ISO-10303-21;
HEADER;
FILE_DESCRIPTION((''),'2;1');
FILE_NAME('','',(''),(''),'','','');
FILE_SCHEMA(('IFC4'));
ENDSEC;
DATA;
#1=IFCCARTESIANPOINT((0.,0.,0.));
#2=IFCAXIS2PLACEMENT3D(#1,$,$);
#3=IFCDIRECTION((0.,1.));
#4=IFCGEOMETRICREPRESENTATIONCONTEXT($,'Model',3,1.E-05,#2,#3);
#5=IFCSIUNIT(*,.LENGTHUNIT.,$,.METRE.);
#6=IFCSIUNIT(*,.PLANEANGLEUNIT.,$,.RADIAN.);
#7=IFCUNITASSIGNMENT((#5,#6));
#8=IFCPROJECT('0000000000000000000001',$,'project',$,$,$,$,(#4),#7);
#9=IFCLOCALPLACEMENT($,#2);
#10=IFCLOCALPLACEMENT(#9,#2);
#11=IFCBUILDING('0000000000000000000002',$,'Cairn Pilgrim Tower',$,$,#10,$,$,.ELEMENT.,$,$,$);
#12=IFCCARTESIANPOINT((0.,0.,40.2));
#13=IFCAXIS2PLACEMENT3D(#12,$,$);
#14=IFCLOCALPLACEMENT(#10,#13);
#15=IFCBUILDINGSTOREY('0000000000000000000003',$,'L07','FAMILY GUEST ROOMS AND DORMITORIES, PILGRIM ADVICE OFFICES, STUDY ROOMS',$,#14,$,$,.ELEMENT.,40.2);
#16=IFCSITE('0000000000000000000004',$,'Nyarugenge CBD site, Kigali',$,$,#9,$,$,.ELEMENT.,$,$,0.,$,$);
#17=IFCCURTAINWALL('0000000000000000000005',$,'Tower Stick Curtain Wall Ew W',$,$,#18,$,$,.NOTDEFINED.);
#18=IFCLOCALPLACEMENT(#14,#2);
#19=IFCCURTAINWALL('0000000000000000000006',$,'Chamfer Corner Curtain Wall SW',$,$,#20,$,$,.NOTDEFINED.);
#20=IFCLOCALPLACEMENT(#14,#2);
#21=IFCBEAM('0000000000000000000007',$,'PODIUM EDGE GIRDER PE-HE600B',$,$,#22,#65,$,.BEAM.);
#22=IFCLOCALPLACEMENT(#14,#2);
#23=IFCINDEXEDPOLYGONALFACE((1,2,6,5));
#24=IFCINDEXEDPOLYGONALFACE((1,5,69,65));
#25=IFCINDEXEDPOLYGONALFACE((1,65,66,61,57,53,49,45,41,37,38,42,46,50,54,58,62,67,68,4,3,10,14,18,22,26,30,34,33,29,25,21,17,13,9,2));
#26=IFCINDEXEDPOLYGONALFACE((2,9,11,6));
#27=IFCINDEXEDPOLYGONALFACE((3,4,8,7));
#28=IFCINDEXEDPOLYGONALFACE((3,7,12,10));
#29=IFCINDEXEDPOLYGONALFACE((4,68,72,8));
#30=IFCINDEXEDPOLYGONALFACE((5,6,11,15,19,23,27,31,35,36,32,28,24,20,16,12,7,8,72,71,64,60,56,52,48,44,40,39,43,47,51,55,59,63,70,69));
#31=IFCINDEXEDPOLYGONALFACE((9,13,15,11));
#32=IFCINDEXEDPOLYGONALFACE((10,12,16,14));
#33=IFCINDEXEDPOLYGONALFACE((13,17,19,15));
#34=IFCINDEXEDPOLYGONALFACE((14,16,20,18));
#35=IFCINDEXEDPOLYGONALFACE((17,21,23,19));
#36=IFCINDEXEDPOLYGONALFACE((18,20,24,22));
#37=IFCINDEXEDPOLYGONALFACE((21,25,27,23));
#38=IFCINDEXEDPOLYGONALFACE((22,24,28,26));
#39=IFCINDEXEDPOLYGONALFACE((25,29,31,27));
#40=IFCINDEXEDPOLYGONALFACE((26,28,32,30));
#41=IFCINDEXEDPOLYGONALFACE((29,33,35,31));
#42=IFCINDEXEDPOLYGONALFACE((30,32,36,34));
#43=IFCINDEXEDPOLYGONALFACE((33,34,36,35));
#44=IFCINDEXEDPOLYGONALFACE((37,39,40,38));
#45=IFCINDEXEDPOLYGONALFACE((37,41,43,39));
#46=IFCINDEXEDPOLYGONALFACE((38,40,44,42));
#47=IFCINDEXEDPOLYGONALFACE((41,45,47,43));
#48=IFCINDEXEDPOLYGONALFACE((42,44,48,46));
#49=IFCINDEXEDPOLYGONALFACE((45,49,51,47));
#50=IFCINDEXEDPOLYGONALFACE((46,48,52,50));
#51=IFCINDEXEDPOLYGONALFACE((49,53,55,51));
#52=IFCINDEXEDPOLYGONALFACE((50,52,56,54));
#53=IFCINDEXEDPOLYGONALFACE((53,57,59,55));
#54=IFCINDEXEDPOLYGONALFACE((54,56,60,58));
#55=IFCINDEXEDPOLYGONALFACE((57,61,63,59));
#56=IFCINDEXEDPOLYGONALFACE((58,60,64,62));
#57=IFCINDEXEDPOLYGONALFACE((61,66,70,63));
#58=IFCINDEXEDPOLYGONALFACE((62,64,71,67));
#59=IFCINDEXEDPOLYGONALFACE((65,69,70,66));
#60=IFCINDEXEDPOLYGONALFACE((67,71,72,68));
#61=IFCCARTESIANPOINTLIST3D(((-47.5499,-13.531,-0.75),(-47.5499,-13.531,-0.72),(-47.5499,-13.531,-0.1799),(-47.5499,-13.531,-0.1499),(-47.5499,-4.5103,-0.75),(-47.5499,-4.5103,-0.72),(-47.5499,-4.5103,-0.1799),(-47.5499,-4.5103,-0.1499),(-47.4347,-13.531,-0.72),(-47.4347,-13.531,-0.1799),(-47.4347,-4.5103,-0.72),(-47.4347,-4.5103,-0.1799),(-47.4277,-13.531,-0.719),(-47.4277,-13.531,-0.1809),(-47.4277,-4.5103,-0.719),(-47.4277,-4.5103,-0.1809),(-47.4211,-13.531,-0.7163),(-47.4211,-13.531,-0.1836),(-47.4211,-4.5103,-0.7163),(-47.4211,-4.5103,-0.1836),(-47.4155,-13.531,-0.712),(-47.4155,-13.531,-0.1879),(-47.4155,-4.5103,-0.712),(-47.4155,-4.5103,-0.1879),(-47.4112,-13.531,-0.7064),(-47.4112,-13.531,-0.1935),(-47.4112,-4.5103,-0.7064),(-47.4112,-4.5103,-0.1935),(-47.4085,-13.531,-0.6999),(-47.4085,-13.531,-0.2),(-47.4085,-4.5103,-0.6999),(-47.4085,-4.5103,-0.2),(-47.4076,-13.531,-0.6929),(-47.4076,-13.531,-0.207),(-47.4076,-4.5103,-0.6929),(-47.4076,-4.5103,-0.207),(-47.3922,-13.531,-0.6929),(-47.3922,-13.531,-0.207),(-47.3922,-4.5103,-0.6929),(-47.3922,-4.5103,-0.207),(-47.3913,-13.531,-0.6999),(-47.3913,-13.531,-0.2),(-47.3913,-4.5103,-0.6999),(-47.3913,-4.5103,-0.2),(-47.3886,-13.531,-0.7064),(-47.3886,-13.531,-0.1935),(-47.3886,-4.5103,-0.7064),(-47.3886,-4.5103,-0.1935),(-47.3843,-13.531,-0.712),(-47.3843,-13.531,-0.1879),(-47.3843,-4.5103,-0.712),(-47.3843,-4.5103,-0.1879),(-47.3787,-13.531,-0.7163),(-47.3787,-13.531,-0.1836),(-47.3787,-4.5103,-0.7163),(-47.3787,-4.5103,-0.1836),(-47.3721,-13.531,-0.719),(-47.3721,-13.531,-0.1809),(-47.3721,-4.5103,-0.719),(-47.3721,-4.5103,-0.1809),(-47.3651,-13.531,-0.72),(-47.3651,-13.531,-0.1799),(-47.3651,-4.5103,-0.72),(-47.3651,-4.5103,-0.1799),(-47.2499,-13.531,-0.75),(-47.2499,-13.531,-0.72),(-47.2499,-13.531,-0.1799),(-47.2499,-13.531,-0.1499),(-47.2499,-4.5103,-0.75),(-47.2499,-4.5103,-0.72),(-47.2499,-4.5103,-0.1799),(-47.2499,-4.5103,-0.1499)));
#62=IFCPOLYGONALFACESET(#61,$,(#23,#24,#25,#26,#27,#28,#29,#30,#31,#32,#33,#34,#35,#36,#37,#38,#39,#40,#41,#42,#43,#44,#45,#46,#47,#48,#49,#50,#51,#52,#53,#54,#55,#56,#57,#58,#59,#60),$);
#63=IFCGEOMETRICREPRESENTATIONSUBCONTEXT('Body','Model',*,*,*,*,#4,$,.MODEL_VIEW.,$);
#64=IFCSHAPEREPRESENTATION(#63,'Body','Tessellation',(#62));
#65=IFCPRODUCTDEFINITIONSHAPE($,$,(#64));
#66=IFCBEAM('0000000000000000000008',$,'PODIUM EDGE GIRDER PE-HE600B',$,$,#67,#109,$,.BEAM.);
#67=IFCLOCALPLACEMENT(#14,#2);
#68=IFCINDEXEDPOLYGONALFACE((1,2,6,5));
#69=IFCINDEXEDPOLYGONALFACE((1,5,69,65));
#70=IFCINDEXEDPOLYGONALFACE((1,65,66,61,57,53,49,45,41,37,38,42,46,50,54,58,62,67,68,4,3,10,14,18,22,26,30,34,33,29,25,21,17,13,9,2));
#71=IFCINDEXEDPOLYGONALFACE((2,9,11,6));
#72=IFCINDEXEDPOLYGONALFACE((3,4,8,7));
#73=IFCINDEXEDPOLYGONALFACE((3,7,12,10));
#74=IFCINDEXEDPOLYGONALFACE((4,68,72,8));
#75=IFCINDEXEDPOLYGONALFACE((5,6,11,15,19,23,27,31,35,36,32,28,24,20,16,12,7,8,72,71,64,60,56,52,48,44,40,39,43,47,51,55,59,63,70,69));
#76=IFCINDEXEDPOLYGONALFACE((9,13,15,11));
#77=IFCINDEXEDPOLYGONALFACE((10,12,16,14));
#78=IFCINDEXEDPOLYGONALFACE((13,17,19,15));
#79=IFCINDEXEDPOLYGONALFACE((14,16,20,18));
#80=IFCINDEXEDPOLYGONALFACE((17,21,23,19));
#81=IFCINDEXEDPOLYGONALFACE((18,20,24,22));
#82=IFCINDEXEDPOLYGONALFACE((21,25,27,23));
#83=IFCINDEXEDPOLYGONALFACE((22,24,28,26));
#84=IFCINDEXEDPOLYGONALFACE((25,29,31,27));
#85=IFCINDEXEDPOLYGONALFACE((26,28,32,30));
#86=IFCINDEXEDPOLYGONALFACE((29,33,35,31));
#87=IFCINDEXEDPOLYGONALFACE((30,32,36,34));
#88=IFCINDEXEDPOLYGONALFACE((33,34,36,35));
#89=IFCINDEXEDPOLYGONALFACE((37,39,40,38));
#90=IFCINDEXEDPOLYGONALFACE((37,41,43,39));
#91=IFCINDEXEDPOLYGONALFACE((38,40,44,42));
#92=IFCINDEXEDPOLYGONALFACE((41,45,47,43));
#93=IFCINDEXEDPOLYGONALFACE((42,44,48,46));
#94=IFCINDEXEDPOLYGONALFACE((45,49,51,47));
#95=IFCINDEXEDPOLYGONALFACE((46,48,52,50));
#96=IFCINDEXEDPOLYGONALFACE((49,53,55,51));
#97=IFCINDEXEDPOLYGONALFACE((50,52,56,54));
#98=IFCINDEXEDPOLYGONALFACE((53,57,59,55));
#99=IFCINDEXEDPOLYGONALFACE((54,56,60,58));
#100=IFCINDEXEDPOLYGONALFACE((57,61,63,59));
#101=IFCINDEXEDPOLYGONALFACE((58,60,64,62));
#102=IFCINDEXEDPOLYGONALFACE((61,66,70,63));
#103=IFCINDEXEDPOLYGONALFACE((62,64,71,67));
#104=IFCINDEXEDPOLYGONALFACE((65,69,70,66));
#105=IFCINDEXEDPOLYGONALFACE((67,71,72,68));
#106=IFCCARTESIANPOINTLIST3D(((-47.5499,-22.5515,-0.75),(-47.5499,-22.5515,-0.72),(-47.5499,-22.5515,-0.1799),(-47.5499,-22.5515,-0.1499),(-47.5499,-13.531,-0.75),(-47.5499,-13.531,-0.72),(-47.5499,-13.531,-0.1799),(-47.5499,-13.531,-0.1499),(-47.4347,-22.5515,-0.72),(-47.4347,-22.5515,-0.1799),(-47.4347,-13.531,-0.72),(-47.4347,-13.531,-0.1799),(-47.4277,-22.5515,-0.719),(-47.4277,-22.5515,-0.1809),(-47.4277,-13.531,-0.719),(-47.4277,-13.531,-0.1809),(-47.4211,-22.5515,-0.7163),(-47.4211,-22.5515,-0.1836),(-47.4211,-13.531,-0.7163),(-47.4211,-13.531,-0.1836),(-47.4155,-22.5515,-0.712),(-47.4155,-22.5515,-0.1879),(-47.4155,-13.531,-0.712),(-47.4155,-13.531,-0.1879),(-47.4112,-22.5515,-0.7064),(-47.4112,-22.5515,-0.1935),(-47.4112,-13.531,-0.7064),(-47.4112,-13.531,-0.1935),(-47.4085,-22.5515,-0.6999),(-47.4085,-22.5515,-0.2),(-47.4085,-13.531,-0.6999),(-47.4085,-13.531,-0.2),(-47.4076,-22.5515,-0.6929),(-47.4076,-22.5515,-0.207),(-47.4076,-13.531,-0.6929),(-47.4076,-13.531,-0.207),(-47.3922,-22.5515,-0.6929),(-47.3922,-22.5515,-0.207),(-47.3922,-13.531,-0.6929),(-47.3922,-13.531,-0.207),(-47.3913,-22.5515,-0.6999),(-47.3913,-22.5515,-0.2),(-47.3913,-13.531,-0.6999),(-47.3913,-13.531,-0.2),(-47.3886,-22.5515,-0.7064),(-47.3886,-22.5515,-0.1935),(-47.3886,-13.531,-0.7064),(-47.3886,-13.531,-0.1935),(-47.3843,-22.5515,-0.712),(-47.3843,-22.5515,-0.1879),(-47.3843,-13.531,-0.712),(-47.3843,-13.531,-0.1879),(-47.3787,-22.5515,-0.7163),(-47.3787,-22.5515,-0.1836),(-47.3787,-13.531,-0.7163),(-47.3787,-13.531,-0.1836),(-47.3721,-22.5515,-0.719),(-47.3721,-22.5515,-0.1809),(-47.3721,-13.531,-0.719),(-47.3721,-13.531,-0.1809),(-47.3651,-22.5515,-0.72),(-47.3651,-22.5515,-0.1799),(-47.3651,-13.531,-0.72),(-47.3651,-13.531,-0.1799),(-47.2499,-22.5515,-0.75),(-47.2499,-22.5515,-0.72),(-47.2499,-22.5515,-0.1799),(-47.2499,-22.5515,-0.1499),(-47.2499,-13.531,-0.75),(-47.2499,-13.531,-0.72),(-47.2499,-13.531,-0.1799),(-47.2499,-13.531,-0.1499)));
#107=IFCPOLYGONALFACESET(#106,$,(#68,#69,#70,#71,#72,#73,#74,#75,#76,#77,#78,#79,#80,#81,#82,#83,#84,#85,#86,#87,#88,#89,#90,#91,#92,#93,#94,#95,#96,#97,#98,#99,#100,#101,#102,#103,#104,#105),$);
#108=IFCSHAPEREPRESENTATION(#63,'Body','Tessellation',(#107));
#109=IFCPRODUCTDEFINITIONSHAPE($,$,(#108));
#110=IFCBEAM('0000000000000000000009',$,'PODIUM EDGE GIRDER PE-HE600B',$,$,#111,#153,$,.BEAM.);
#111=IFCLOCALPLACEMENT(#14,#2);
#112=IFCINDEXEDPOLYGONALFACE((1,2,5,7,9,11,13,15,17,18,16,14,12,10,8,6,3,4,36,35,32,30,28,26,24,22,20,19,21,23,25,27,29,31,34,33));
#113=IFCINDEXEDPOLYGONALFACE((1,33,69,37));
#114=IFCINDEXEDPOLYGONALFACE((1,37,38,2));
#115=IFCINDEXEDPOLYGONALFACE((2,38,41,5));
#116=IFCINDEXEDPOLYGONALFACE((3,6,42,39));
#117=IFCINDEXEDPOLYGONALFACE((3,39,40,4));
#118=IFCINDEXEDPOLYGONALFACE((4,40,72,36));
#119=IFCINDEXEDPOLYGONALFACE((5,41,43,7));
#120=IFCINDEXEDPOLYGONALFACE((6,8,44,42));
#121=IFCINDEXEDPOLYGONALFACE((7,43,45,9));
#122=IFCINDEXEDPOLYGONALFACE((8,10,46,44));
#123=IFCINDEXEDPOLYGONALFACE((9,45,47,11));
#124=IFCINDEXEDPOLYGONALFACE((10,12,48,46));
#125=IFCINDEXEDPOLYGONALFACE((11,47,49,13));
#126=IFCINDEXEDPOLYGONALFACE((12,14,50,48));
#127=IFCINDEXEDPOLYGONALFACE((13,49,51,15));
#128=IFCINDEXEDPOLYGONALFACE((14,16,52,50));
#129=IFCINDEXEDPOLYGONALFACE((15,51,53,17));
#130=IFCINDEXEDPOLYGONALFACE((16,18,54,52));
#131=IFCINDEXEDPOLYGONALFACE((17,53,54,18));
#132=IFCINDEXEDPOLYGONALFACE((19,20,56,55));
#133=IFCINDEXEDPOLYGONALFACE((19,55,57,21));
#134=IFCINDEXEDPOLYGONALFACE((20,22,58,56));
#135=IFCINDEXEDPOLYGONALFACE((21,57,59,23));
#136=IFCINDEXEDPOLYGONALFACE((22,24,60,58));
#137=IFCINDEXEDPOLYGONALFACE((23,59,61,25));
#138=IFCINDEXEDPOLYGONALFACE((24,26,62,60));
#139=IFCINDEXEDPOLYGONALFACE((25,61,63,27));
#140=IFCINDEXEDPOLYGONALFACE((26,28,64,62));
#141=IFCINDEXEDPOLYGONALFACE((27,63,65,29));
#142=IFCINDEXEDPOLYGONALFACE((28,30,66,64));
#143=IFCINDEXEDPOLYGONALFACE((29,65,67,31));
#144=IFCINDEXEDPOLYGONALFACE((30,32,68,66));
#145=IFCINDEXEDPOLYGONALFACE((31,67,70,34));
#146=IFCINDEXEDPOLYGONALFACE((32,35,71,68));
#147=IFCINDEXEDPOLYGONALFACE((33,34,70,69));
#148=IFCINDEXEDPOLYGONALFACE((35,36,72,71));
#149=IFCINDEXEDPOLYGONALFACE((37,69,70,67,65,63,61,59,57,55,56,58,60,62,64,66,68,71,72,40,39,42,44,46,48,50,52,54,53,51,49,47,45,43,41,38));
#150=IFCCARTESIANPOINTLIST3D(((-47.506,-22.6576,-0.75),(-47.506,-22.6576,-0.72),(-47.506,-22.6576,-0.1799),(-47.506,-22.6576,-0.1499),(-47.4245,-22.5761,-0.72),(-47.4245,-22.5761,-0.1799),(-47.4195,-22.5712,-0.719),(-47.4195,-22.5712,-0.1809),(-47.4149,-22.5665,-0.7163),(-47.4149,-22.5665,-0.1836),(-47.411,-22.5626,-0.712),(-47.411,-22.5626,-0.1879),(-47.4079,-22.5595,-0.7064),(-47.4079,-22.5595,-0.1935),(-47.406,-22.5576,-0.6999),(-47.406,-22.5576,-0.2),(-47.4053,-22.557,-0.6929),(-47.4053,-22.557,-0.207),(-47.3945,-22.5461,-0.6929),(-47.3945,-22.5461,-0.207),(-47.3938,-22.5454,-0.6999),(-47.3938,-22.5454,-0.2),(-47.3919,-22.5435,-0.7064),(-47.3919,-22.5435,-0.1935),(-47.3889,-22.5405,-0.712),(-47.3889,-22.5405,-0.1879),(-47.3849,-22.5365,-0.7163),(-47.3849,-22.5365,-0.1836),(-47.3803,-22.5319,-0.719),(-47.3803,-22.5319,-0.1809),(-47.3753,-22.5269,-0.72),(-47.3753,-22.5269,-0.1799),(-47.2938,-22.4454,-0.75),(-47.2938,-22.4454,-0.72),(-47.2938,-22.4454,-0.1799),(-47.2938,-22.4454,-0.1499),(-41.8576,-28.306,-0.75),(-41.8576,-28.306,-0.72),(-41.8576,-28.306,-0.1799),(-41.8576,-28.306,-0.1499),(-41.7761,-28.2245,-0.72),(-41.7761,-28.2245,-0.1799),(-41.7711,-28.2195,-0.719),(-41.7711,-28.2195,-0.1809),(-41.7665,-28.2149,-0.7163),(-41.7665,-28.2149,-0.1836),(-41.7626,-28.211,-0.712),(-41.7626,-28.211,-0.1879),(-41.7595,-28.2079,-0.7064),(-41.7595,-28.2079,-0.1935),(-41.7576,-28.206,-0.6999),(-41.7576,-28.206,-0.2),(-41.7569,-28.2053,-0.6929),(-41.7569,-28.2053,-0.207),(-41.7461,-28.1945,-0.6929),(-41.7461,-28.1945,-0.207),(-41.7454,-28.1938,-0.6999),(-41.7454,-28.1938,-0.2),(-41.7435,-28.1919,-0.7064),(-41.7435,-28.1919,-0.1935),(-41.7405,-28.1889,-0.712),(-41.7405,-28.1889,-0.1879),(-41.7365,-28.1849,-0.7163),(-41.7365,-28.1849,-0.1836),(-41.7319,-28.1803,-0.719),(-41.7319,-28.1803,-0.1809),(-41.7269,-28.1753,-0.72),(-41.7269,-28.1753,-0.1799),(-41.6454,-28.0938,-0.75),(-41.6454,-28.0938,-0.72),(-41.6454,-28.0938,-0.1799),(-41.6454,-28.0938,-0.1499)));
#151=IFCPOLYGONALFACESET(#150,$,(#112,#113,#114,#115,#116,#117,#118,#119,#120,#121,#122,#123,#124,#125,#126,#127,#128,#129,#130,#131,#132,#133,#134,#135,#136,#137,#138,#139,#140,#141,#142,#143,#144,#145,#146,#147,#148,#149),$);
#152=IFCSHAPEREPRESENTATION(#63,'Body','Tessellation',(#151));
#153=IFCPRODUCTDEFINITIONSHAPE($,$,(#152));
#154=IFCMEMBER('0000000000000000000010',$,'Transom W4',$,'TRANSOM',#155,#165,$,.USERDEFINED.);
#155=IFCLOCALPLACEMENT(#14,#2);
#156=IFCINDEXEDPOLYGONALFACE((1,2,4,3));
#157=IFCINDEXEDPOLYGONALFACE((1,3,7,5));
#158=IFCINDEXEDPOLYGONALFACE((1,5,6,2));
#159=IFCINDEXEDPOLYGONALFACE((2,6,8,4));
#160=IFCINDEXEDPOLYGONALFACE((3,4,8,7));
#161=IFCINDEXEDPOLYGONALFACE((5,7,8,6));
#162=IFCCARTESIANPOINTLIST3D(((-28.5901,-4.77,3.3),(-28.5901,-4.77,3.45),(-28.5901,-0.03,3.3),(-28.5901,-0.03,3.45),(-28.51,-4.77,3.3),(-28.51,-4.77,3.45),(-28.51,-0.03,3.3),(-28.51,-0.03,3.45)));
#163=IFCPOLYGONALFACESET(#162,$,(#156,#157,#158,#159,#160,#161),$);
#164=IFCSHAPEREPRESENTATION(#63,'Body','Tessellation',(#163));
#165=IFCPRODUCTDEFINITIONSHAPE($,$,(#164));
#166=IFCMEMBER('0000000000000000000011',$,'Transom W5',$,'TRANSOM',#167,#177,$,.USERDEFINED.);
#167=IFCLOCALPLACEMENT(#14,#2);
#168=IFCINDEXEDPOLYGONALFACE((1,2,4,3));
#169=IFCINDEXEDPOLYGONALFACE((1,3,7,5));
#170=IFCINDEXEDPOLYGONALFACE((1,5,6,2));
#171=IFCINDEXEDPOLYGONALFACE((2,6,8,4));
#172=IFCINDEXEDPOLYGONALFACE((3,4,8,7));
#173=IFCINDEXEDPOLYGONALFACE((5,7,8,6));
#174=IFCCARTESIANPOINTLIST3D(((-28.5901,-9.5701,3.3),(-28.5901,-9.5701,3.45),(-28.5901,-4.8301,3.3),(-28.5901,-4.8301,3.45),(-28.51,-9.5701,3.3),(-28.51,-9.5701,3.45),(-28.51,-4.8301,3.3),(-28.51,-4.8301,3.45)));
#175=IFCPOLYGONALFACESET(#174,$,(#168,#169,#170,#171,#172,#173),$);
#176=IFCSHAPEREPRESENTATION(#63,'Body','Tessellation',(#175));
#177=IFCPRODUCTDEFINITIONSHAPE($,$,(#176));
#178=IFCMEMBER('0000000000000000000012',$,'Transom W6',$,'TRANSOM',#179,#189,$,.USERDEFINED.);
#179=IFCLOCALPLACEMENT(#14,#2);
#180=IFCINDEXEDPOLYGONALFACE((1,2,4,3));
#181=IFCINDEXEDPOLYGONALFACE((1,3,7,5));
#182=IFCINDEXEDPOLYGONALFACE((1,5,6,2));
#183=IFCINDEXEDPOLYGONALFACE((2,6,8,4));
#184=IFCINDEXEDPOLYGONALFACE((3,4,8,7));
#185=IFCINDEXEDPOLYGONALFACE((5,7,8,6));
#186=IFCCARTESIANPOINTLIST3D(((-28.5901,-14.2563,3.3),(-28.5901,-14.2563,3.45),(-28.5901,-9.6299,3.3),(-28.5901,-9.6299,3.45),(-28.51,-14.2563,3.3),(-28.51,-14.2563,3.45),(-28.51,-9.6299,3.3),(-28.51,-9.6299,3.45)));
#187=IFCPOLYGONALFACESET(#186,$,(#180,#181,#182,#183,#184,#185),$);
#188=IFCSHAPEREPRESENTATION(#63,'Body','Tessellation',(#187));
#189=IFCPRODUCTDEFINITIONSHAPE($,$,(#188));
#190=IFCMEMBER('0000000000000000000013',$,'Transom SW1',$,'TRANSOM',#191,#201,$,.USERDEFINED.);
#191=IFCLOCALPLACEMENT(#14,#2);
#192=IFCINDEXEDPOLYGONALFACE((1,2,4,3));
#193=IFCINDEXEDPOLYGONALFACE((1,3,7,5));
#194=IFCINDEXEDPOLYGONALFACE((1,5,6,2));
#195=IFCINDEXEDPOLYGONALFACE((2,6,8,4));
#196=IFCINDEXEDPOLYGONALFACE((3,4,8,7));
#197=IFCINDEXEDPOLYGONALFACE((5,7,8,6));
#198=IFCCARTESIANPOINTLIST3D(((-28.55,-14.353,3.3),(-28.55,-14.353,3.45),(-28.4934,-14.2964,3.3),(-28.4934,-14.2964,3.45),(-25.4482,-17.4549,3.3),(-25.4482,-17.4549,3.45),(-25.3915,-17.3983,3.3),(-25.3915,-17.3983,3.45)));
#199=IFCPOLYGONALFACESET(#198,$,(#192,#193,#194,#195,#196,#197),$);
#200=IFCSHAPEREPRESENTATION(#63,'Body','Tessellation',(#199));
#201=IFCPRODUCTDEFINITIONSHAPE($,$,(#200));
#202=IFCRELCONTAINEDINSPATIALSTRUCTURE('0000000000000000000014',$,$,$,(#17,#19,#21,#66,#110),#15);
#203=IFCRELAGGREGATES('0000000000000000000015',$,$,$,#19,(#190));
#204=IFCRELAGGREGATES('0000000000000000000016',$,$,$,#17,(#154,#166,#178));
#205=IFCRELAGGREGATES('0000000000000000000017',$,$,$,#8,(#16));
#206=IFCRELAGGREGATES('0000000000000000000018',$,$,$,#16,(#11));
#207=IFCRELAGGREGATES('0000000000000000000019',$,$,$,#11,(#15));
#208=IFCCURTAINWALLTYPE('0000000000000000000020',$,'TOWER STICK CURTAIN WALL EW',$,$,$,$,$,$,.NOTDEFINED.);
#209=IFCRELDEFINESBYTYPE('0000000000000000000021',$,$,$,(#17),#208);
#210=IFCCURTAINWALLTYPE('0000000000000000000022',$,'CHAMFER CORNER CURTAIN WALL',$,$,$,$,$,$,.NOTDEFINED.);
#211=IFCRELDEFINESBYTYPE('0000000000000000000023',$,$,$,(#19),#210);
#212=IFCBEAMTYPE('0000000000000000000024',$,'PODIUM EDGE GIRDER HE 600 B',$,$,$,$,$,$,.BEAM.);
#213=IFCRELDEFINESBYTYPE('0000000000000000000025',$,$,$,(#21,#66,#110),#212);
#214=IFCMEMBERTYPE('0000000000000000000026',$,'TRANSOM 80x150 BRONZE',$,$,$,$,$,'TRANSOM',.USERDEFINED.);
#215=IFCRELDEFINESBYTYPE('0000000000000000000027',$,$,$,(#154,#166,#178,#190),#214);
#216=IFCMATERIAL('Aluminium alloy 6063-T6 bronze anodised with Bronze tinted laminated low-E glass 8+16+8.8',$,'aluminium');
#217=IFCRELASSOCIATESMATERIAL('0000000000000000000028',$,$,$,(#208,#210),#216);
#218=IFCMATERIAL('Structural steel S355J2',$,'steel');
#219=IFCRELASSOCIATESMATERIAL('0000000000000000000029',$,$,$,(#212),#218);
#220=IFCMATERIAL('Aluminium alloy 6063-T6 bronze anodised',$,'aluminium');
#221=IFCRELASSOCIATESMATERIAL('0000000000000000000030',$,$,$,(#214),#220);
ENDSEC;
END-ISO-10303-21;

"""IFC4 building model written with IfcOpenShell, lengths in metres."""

from ifc_helpers import new_model, si_unit, direction, frame, origin, origin_2d, place, context, subcontext, project, spatial, rectangle, i_section, extrude, material, material_profile, profile_set, type_object, element, aggregate, save


model = new_model("IFC4")

# Units and contexts
model_context = context("Model", 3, precision=1e-05, world=origin(), true_north=direction((0.0, 1.0)))
body_context = subcontext(model_context, "Body", "Model", "MODEL_VIEW")
ifc_project = project(units=[si_unit("LENGTHUNIT", "METRE"), si_unit("PLANEANGLEUNIT", "RADIAN")], contexts=[model_context])

# Site, building, storey
site_placement = place(None, origin())
site = spatial("IfcSite", under=ifc_project, at=site_placement, Name="Nyarugenge CBD site, Kigali", CompositionType="ELEMENT", RefElevation=0.0)
building_placement = place(site_placement, origin())
building = spatial("IfcBuilding", under=site, at=building_placement, Name="Cairn Pilgrim Tower", CompositionType="ELEMENT")
storey_placement = place(building_placement, frame((0.0, 0.0, 40.2)))
storey = spatial("IfcBuildingStorey", under=building, at=storey_placement, Name="L07", Description="FAMILY GUEST ROOMS AND DORMITORIES, PILGRIM ADVICE OFFICES, STUDY ROOMS", CompositionType="ELEMENT", Elevation=40.2)

# Curtain wall
ifc_material_1 = material(Name="Aluminium alloy 6063-T6 bronze anodised with Bronze tinted laminated low-E glass 8+16+8.8", Category="aluminium")
curtain_wall_type_1 = type_object("IfcCurtainWallType", Name="TOWER STICK CURTAIN WALL EW", PredefinedType="NOTDEFINED", material=ifc_material_1)
curtain_wall_1_placement = place(storey_placement, origin())
curtain_wall_1 = element("IfcCurtainWall", 1, at=curtain_wall_1_placement, inside=storey, type_object=curtain_wall_type_1, Name="Tower Stick Curtain Wall Ew W", PredefinedType="NOTDEFINED")
ifc_material_2 = material(Name="Aluminium alloy 6063-T6 bronze anodised", Category="aluminium")

# Curtain wall
curtain_wall_type_2 = type_object("IfcCurtainWallType", Name="CHAMFER CORNER CURTAIN WALL", PredefinedType="NOTDEFINED", material=ifc_material_1)
curtain_wall_2_placement = place(storey_placement, origin())
curtain_wall_2 = element("IfcCurtainWall", 2, at=curtain_wall_2_placement, inside=storey, type_object=curtain_wall_type_2, Name="Chamfer Corner Curtain Wall SW", PredefinedType="NOTDEFINED")

# Beams
ifc_material_3 = material(Name="Structural steel S355J2", Category="steel")
ifc_material_profile_1 = material_profile(ifc_material_3, i_section(OverallWidth=0.3, OverallDepth=0.6001, WebThickness=0.0154, FlangeThickness=0.03, FilletRadius=0.0271, at=origin_2d()), Name="HEB 600")
ifc_profile_set_1 = profile_set([ifc_material_profile_1], Name="Structural steel S355J2")
beam_type_1 = type_object("IfcBeamType", Name="PODIUM EDGE GIRDER HE 600 B", PredefinedType="BEAM", material=ifc_profile_set_1)
beam_1_placement = place(storey_placement, frame((-47.3999, -4.5103, -0.45), z_axis=(0.0, -1.0, 0.0), x_axis=(1.0, 0.0, 0.0)))
element("IfcBeam", 3, at=beam_1_placement, inside=storey, type_object=beam_type_1, Name="PODIUM EDGE GIRDER PE-HE600B", PredefinedType="BEAM", context=body_context, shape_type="SweptSolid", body=[
    extrude(i_section(OverallWidth=0.3, OverallDepth=0.6001, WebThickness=0.0154, FlangeThickness=0.03, FilletRadius=0.0271, at=origin_2d()), origin(), (0.0, 0.0, 1.0), 9.0208),
])
beam_2_placement = place(storey_placement, frame((-47.3999, -13.531, -0.45), z_axis=(0.0, -1.0, 0.0), x_axis=(1.0, 0.0, 0.0)))
element("IfcBeam", 4, at=beam_2_placement, inside=storey, type_object=beam_type_1, Name="PODIUM EDGE GIRDER PE-HE600B", PredefinedType="BEAM", context=body_context, shape_type="SweptSolid", body=[
    extrude(i_section(OverallWidth=0.3, OverallDepth=0.6001, WebThickness=0.0154, FlangeThickness=0.03, FilletRadius=0.0271, at=origin_2d()), origin(), (0.0, 0.0, 1.0), 9.0205),
])
beam_3_placement = place(storey_placement, frame((-47.3999, -22.5515, -0.45), z_axis=(0.707107, -0.707107, 0.0), x_axis=(0.707107, 0.707107, 0.0)))
element("IfcBeam", 5, at=beam_3_placement, inside=storey, type_object=beam_type_1, Name="PODIUM EDGE GIRDER PE-HE600B", PredefinedType="BEAM", context=body_context, shape_type="SweptSolid", body=[
    extrude(i_section(OverallWidth=0.3, OverallDepth=0.6001, WebThickness=0.0154, FlangeThickness=0.03, FilletRadius=0.0271, at=origin_2d()), origin(), (0.0, 0.0, 1.0), 7.988),
])

# Members
ifc_material_profile_2 = material_profile(ifc_material_2, rectangle(XDim=0.0801, YDim=0.1499, at=origin_2d()), Name="TRANSOM 80x150 BRONZE")
ifc_profile_set_2 = profile_set([ifc_material_profile_2], Name="Aluminium alloy 6063-T6 bronze anodised")
member_type_1 = type_object("IfcMemberType", Name="TRANSOM 80x150 BRONZE", ElementType="TRANSOM", PredefinedType="USERDEFINED", material=ifc_profile_set_2)
member_1_placement = place(storey_placement, frame((-28.55, -0.03, 3.375), z_axis=(0.0, -1.0, 0.0), x_axis=(1.0, 0.0, 0.0)))
member_1 = element("IfcMember", 6, at=member_1_placement, type_object=member_type_1, Name="Transom W4", ObjectType="TRANSOM", PredefinedType="USERDEFINED", context=body_context, shape_type="SweptSolid", body=[
    extrude(rectangle(XDim=0.0801, YDim=0.1499, at=origin_2d()), origin(), (0.0, 0.0, 1.0), 4.74),
])
member_2_placement = place(storey_placement, frame((-28.55, -4.8301, 3.375), z_axis=(0.0, -1.0, 0.0), x_axis=(1.0, 0.0, 0.0)))
member_2 = element("IfcMember", 7, at=member_2_placement, type_object=member_type_1, Name="Transom W5", ObjectType="TRANSOM", PredefinedType="USERDEFINED", context=body_context, shape_type="SweptSolid", body=[
    extrude(rectangle(XDim=0.0801, YDim=0.1499, at=origin_2d()), origin(), (0.0, 0.0, 1.0), 4.74),
])
member_3_placement = place(storey_placement, frame((-28.55, -9.6299, 3.375), z_axis=(0.0, -1.0, 0.0), x_axis=(1.0, 0.0, 0.0)))
member_3 = element("IfcMember", 8, at=member_3_placement, type_object=member_type_1, Name="Transom W6", ObjectType="TRANSOM", PredefinedType="USERDEFINED", context=body_context, shape_type="SweptSolid", body=[
    extrude(rectangle(XDim=0.0801, YDim=0.1499, at=origin_2d()), origin(), (0.0, 0.0, 1.0), 4.6265),
])
member_4_placement = place(storey_placement, frame((-28.5217, -14.3247, 3.375), z_axis=(0.707107, -0.707107, 0.0), x_axis=(0.707107, 0.707107, 0.0)))
member_4 = element("IfcMember", 9, at=member_4_placement, type_object=member_type_1, Name="Transom SW1", ObjectType="TRANSOM", PredefinedType="USERDEFINED", context=body_context, shape_type="SweptSolid", body=[
    extrude(rectangle(XDim=0.0801, YDim=0.1499, at=origin_2d()), origin(), (0.0, 0.0, 1.0), 4.3867),
])
aggregate(curtain_wall_2, [member_4])

aggregate(curtain_wall_1, [member_1, member_2, member_3])

save(model, "model.ifc")
